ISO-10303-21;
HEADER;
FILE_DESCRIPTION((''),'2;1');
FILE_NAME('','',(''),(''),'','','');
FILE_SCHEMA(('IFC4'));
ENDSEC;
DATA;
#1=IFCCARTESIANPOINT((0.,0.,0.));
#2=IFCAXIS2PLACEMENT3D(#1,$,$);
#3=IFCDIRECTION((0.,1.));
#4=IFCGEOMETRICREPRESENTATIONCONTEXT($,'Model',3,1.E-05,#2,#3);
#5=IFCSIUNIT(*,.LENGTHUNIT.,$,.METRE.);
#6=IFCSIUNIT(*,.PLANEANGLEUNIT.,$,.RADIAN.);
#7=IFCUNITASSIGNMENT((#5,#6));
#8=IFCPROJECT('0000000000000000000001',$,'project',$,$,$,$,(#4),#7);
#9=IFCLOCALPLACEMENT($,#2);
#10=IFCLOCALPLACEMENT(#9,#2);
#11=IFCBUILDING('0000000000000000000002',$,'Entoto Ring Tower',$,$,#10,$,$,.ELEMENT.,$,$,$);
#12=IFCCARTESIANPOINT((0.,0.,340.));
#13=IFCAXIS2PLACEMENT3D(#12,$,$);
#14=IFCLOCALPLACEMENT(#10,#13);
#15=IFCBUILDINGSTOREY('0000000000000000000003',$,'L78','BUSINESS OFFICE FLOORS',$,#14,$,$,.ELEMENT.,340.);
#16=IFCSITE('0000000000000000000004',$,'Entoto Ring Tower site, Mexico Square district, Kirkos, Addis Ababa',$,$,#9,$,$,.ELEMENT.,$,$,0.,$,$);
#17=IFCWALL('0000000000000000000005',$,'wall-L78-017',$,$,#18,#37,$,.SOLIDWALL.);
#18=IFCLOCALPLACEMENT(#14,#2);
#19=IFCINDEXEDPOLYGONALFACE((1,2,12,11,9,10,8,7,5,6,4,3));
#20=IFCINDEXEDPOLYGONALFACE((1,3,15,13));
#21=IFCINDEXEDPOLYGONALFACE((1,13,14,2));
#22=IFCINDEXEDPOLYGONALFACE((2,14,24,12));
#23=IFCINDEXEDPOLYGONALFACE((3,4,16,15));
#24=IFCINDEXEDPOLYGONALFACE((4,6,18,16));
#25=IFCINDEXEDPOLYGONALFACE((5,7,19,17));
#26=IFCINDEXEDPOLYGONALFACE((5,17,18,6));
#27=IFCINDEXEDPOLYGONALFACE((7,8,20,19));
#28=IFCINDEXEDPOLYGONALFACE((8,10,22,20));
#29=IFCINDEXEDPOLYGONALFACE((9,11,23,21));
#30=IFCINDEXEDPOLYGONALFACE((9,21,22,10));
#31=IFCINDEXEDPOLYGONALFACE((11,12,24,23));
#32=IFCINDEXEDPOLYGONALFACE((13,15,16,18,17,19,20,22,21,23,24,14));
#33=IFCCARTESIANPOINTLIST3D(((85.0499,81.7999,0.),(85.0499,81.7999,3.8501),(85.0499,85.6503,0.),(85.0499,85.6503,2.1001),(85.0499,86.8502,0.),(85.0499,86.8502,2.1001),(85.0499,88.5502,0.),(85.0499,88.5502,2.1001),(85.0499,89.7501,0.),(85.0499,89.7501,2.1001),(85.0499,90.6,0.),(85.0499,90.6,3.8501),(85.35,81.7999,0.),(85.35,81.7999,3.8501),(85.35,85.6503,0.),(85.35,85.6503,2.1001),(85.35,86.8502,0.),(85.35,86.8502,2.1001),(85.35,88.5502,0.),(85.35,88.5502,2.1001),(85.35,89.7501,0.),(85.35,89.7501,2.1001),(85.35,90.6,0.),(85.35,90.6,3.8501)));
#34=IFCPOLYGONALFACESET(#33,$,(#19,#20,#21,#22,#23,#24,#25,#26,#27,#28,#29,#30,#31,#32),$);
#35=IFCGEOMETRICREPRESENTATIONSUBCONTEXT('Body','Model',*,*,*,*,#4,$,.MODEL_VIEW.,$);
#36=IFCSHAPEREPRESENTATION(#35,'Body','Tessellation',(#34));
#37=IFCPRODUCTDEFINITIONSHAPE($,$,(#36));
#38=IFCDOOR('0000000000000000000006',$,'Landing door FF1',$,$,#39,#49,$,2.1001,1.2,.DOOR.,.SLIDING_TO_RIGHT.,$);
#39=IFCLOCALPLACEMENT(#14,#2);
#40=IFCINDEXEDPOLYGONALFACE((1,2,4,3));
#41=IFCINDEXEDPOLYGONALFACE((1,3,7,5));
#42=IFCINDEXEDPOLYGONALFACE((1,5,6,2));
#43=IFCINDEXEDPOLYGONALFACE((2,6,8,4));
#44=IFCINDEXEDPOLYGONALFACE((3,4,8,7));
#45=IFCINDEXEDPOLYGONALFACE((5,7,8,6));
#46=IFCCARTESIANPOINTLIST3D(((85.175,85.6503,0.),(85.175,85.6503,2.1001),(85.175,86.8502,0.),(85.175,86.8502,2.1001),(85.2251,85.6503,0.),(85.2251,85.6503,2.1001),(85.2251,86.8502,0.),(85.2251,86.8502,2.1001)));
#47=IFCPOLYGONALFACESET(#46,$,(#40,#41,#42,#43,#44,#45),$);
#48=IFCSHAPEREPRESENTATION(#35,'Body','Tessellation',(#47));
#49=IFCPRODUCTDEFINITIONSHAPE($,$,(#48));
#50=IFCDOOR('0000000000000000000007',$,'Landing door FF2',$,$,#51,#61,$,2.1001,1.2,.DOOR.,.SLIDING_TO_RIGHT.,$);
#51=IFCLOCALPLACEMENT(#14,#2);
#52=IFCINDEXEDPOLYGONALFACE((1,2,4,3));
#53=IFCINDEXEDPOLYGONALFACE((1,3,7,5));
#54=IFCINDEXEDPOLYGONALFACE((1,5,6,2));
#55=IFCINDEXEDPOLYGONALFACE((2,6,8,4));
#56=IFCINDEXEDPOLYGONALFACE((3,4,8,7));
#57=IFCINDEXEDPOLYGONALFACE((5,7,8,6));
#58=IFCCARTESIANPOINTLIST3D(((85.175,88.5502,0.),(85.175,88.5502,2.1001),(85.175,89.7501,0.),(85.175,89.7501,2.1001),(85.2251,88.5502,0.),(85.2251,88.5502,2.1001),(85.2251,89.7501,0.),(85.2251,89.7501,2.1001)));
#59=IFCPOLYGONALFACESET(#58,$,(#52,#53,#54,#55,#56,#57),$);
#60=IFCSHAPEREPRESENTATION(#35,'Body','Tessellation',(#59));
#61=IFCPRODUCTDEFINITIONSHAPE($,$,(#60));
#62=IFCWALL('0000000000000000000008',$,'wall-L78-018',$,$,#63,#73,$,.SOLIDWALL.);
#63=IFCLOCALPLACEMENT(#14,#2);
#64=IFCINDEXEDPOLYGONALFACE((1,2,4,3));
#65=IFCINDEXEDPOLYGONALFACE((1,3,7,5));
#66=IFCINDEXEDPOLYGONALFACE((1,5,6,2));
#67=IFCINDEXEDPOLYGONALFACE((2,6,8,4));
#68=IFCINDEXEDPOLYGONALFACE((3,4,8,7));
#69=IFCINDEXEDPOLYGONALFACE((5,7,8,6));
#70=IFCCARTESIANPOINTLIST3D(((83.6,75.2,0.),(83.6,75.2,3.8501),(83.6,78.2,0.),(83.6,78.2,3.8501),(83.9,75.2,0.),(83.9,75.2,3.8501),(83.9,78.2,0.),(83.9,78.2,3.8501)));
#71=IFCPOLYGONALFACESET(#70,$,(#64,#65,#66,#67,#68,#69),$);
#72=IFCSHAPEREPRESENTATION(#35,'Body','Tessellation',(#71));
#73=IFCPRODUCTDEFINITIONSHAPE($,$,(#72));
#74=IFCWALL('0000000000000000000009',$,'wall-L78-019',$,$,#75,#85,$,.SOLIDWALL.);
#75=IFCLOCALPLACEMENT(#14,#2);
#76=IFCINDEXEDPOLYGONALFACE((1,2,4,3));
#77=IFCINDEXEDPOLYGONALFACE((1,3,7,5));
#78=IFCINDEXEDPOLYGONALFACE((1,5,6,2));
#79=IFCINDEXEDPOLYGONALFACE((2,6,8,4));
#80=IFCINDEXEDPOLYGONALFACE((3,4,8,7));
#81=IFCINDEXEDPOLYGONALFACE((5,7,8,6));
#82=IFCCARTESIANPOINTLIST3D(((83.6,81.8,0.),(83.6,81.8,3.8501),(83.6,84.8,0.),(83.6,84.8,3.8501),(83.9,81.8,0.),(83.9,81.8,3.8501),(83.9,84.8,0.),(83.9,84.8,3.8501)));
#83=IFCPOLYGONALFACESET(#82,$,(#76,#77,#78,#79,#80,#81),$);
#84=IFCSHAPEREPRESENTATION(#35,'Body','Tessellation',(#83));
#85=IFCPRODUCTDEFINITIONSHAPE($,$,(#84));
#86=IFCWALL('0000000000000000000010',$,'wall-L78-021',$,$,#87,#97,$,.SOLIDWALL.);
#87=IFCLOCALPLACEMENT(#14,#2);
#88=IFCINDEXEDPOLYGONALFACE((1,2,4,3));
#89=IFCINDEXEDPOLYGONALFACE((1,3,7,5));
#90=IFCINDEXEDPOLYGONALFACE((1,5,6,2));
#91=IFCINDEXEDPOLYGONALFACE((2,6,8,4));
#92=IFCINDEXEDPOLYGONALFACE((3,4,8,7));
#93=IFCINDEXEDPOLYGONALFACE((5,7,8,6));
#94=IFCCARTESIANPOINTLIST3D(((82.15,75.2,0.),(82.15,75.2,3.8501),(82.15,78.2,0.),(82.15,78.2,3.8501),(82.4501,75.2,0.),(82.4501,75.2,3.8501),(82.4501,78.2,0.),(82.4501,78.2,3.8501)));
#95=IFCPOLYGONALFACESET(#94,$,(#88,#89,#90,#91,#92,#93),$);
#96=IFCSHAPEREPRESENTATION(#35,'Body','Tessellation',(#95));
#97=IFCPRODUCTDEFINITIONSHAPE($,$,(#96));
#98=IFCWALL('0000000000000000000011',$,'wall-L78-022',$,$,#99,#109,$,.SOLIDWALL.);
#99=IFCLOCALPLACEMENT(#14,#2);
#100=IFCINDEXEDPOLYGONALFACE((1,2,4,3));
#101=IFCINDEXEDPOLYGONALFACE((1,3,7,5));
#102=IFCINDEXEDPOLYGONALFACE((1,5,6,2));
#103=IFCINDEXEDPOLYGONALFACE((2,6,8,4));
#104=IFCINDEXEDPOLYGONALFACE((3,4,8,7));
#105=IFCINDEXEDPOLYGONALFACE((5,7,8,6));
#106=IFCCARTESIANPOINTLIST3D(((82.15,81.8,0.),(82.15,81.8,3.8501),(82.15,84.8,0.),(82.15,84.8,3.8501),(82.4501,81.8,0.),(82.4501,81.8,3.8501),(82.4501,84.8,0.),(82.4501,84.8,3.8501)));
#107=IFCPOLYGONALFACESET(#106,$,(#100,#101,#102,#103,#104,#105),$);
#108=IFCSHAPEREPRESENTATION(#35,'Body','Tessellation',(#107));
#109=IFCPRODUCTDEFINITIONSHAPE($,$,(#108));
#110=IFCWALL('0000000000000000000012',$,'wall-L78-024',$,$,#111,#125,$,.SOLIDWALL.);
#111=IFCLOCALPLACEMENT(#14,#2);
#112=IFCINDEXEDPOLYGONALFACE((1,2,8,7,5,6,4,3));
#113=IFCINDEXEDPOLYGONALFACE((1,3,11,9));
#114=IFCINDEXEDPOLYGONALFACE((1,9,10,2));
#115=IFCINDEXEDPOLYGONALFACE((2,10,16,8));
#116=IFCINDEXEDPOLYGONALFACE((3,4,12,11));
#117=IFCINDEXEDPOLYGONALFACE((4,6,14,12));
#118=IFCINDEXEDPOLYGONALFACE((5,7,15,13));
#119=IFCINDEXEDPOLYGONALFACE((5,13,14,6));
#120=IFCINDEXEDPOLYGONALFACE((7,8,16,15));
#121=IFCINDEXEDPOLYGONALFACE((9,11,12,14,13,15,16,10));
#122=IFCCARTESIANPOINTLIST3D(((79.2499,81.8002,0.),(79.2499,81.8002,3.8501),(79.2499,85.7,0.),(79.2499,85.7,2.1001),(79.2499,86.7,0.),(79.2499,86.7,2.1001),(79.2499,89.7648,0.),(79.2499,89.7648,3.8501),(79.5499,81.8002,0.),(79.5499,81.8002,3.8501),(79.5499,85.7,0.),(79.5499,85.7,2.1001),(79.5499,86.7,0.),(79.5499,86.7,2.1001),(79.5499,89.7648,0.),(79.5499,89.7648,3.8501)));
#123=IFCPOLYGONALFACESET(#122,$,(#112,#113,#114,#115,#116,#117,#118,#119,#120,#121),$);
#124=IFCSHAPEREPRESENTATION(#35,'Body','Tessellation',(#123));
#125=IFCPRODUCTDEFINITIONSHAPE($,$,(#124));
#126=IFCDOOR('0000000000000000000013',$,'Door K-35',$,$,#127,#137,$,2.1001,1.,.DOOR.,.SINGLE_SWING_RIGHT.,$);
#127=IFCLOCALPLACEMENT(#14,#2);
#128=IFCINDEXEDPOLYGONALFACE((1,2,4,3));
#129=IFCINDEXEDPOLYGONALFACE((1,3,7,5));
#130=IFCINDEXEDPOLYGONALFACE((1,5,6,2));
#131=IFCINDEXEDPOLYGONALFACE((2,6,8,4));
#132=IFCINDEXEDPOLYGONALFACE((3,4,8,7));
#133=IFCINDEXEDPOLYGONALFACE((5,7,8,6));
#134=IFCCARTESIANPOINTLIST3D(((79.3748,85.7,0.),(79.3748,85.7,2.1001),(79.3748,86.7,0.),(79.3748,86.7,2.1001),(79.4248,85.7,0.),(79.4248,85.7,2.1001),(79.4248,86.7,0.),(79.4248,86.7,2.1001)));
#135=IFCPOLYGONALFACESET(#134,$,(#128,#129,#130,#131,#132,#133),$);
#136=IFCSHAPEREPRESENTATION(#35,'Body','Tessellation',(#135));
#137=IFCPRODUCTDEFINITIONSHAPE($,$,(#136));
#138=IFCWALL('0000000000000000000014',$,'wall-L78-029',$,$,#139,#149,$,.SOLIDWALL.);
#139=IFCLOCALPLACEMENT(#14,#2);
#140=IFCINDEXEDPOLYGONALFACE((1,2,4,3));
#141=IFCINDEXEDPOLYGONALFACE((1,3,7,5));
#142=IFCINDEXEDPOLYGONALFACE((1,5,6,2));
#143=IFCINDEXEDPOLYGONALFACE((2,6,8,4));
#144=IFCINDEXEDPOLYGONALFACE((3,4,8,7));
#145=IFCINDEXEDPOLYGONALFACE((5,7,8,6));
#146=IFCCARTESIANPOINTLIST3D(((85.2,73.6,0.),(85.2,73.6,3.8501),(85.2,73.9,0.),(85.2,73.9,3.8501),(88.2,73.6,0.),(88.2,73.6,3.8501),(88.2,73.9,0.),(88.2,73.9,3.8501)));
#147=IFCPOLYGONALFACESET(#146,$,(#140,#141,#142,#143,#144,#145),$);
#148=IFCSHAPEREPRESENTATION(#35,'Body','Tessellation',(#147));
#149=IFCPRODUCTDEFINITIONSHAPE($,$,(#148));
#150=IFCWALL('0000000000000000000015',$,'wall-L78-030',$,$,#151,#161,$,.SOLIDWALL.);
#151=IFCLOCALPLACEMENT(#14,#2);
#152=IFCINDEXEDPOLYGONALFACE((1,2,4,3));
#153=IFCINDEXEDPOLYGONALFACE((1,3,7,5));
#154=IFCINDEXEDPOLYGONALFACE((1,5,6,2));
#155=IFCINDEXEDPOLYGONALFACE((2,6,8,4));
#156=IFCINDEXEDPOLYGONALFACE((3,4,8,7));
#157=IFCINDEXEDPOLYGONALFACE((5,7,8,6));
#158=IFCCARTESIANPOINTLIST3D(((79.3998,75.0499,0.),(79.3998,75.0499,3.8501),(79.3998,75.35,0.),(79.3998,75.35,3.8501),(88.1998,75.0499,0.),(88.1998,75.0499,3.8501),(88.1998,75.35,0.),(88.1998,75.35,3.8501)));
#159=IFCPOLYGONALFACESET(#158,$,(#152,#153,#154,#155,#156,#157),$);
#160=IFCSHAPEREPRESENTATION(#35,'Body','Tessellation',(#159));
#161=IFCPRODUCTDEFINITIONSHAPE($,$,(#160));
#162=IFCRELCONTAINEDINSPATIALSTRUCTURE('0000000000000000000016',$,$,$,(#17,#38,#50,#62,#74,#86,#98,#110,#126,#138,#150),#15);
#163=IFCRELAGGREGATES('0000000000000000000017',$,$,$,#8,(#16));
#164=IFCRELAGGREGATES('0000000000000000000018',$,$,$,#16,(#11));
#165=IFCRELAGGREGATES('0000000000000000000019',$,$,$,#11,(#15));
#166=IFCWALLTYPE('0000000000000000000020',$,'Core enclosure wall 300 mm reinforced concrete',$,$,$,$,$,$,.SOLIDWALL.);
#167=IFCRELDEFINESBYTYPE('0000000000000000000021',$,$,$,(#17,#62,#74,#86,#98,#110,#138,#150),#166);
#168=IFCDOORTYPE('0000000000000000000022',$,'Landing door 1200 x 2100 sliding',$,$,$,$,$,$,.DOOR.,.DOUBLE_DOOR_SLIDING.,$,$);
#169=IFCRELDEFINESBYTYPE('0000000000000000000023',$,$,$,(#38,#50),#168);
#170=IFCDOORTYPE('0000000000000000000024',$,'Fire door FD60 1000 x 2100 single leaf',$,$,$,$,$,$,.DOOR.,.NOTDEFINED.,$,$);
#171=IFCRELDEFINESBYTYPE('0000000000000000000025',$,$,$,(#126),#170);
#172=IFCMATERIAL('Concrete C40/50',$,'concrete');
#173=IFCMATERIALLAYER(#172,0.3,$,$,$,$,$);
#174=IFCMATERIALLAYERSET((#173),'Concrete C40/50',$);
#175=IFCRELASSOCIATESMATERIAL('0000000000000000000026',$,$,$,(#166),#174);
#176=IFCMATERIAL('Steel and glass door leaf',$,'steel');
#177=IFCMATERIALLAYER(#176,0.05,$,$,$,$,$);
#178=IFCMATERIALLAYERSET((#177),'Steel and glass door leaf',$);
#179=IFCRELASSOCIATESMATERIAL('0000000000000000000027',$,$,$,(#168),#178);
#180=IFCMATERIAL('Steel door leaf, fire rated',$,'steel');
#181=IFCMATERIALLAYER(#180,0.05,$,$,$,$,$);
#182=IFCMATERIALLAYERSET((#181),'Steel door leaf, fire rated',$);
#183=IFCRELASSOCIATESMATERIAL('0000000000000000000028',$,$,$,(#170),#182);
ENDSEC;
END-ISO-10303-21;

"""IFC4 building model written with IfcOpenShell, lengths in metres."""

from ifc_helpers import new_model, si_unit, direction, frame, frame_2d, origin, place, context, subcontext, project, spatial, rectangle, extrude, material, layer, layer_set, type_object, element, fill, save


model = new_model("IFC4")

# Units and contexts
model_context = context("Model", 3, precision=1e-05, world=origin(), true_north=direction((0.0, 1.0)))
body_context = subcontext(model_context, "Body", "Model", "MODEL_VIEW")
ifc_project = project(units=[si_unit("LENGTHUNIT", "METRE"), si_unit("PLANEANGLEUNIT", "RADIAN")], contexts=[model_context])

# Site, building, storey
site_placement = place(None, origin())
site = spatial("IfcSite", under=ifc_project, at=site_placement, Name="Entoto Ring Tower site, Mexico Square district, Kirkos, Addis Ababa", CompositionType="ELEMENT", RefElevation=0.0)
building_placement = place(site_placement, origin())
building = spatial("IfcBuilding", under=site, at=building_placement, Name="Entoto Ring Tower", CompositionType="ELEMENT")
storey_placement = place(building_placement, frame((0.0, 0.0, 340.0)))
storey = spatial("IfcBuildingStorey", under=building, at=storey_placement, Name="L78", Description="BUSINESS OFFICE FLOORS", CompositionType="ELEMENT", Elevation=340.0)

# Wall, openings, doors
ifc_material_1 = material(Name="Concrete C40/50", Category="concrete")
ifc_layer_1 = layer(ifc_material_1, 0.3)
ifc_layer_set_1 = layer_set([ifc_layer_1], Name="Concrete C40/50")
wall_type = type_object("IfcWallType", Name="Core enclosure wall 300 mm reinforced concrete", PredefinedType="SOLIDWALL", material=ifc_layer_set_1)
wall_1_placement = place(storey_placement, frame((85.2, 81.8, 0.0), z_axis=(0.0, 0.0, 1.0), x_axis=(0.0, 1.0, 0.0)))
wall_1 = element("IfcWall", 1, at=wall_1_placement, inside=storey, type_object=wall_type, Name="wall-L78-017", PredefinedType="SOLIDWALL", context=body_context, shape_type="SweptSolid", body=[
    extrude(rectangle(XDim=8.8, YDim=0.3, at=frame_2d((4.3999, 0.0))), origin(), (0.0, 0.0, 1.0), 3.8501),
])
opening_1_placement = place(wall_1_placement, frame((3.8501, 0.0, 0.0)))
opening_1 = element("IfcOpeningElement", 2, at=opening_1_placement, cuts=wall_1, PredefinedType="OPENING", context=body_context, shape_type="SweptSolid", body=[
    extrude(rectangle(XDim=1.2, YDim=2.1001, at=frame_2d((0.6001, 1.05))), frame((0.0, 0.1602, 0.0), z_axis=(0.0, -1.0, 0.0), x_axis=(1.0, 0.0, 0.0)), (0.0, 0.0, 1.0), 0.3201),
])
opening_2_placement = place(wall_1_placement, frame((6.75, 0.0, 0.0)))
opening_2 = element("IfcOpeningElement", 3, at=opening_2_placement, cuts=wall_1, PredefinedType="OPENING", context=body_context, shape_type="SweptSolid", body=[
    extrude(rectangle(XDim=1.2, YDim=2.1001, at=frame_2d((0.6001, 1.05))), frame((0.0, 0.1602, 0.0), z_axis=(0.0, -1.0, 0.0), x_axis=(1.0, 0.0, 0.0)), (0.0, 0.0, 1.0), 0.3201),
])
ifc_material_2 = material(Name="Steel and glass door leaf", Category="steel")
ifc_layer_2 = layer(ifc_material_2, 0.05)
ifc_layer_set_2 = layer_set([ifc_layer_2], Name="Steel and glass door leaf")
door_type_1 = type_object("IfcDoorType", Name="Landing door 1200 x 2100 sliding", OperationType="DOUBLE_DOOR_SLIDING", PredefinedType="DOOR", material=ifc_layer_set_2)
door_1_placement = place(opening_1_placement, origin())
door_1 = element("IfcDoor", 4, at=door_1_placement, inside=storey, type_object=door_type_1, Name="Landing door FF1", OperationType="SLIDING_TO_RIGHT", OverallHeight=2.1001, OverallWidth=1.2, PredefinedType="DOOR", context=body_context, shape_type="SweptSolid", body=[
    extrude(rectangle(XDim=1.2, YDim=2.1001, at=frame_2d((0.6001, 1.05))), frame((0.0, 0.0249, 0.0), z_axis=(0.0, -1.0, 0.0), x_axis=(1.0, 0.0, 0.0)), (0.0, 0.0, 1.0), 0.05),
])
fill(opening_1, door_1)
door_2_placement = place(opening_2_placement, origin())
door_2 = element("IfcDoor", 5, at=door_2_placement, inside=storey, type_object=door_type_1, Name="Landing door FF2", OperationType="SLIDING_TO_RIGHT", OverallHeight=2.1001, OverallWidth=1.2, PredefinedType="DOOR", context=body_context, shape_type="SweptSolid", body=[
    extrude(rectangle(XDim=1.2, YDim=2.1001, at=frame_2d((0.6001, 1.05))), frame((0.0, 0.0249, 0.0), z_axis=(0.0, -1.0, 0.0), x_axis=(1.0, 0.0, 0.0)), (0.0, 0.0, 1.0), 0.05),
])
fill(opening_2, door_2)

# Walls
for number, where, z_axis, x_axis, name in (
    (6, (83.75, 75.2, 0.0), (0.0, 0.0, 1.0), (0.0, 1.0, 0.0), "wall-L78-018"),
    (7, (83.75, 81.8, 0.0), (0.0, 0.0, 1.0), (0.0, 1.0, 0.0), "wall-L78-019"),
    (8, (82.3, 75.2, 0.0), (0.0, 0.0, 1.0), (0.0, 1.0, 0.0), "wall-L78-021"),
    (9, (82.3, 81.8, 0.0), (0.0, 0.0, 1.0), (0.0, 1.0, 0.0), "wall-L78-022"),
):
    element("IfcWall", number, at=place(storey_placement, frame(where, z_axis=z_axis, x_axis=x_axis)), inside=storey, type_object=wall_type, Name=name, PredefinedType="SOLIDWALL", context=body_context, shape_type="SweptSolid", body=[
        extrude(rectangle(XDim=3.0, YDim=0.3, at=frame_2d((1.5, 0.0))), origin(), (0.0, 0.0, 1.0), 3.8501),
    ])

# Wall, opening, door
wall_2_placement = place(storey_placement, frame((79.3999, 81.8, 0.0), z_axis=(0.0, 0.0, 1.0), x_axis=(0.0, 1.0, 0.0)))
wall_2 = element("IfcWall", 10, at=wall_2_placement, inside=storey, type_object=wall_type, Name="wall-L78-024", PredefinedType="SOLIDWALL", context=body_context, shape_type="SweptSolid", body=[
    extrude(rectangle(XDim=7.9646, YDim=0.3, at=frame_2d((3.9824, 0.0))), origin(), (0.0, 0.0, 1.0), 3.8501),
])
opening_3_placement = place(wall_2_placement, frame((3.8999, 0.0, 0.0)))
opening_3 = element("IfcOpeningElement", 11, at=opening_3_placement, cuts=wall_2, PredefinedType="OPENING", context=body_context, shape_type="SweptSolid", body=[
    extrude(rectangle(XDim=1.0, YDim=2.1001, at=frame_2d((0.5, 1.05))), frame((0.0, 0.1602, 0.0), z_axis=(0.0, -1.0, 0.0), x_axis=(1.0, 0.0, 0.0)), (0.0, 0.0, 1.0), 0.3201),
])
ifc_material_3 = material(Name="Steel door leaf, fire rated", Category="steel")
ifc_layer_3 = layer(ifc_material_3, 0.05)
ifc_layer_set_3 = layer_set([ifc_layer_3], Name="Steel door leaf, fire rated")
door_type_2 = type_object("IfcDoorType", Name="Fire door FD60 1000 x 2100 single leaf", OperationType="NOTDEFINED", PredefinedType="DOOR", material=ifc_layer_set_3)
door_3_placement = place(opening_3_placement, frame((1.0, 0.0, 0.0), z_axis=(0.0, 0.0, 1.0), x_axis=(-1.0, 0.0, 0.0)))
door_3 = element("IfcDoor", 12, at=door_3_placement, inside=storey, type_object=door_type_2, Name="Door K-35", OperationType="SINGLE_SWING_RIGHT", OverallHeight=2.1001, OverallWidth=1.0, PredefinedType="DOOR", context=body_context, shape_type="SweptSolid", body=[
    extrude(rectangle(XDim=1.0, YDim=2.1001, at=frame_2d((0.5, 1.05))), frame((0.0, 0.0249, 0.0), z_axis=(0.0, -1.0, 0.0), x_axis=(1.0, 0.0, 0.0)), (0.0, 0.0, 1.0), 0.05),
])
fill(opening_3, door_3)

# Walls
wall_3_placement = place(storey_placement, frame((85.2, 73.75, 0.0), z_axis=(0.0, 0.0, 1.0), x_axis=(1.0, 0.0, 0.0)))
element("IfcWall", 13, at=wall_3_placement, inside=storey, type_object=wall_type, Name="wall-L78-029", PredefinedType="SOLIDWALL", context=body_context, shape_type="SweptSolid", body=[
    extrude(rectangle(XDim=3.0, YDim=0.3, at=frame_2d((1.5, 0.0))), origin(), (0.0, 0.0, 1.0), 3.8501),
])
wall_4_placement = place(storey_placement, frame((79.3999, 75.2, 0.0), z_axis=(0.0, 0.0, 1.0), x_axis=(1.0, 0.0, 0.0)))
element("IfcWall", 14, at=wall_4_placement, inside=storey, type_object=wall_type, Name="wall-L78-030", PredefinedType="SOLIDWALL", context=body_context, shape_type="SweptSolid", body=[
    extrude(rectangle(XDim=8.8, YDim=0.3, at=frame_2d((4.3999, 0.0))), origin(), (0.0, 0.0, 1.0), 3.8501),
])

save(model, "model.ifc")
